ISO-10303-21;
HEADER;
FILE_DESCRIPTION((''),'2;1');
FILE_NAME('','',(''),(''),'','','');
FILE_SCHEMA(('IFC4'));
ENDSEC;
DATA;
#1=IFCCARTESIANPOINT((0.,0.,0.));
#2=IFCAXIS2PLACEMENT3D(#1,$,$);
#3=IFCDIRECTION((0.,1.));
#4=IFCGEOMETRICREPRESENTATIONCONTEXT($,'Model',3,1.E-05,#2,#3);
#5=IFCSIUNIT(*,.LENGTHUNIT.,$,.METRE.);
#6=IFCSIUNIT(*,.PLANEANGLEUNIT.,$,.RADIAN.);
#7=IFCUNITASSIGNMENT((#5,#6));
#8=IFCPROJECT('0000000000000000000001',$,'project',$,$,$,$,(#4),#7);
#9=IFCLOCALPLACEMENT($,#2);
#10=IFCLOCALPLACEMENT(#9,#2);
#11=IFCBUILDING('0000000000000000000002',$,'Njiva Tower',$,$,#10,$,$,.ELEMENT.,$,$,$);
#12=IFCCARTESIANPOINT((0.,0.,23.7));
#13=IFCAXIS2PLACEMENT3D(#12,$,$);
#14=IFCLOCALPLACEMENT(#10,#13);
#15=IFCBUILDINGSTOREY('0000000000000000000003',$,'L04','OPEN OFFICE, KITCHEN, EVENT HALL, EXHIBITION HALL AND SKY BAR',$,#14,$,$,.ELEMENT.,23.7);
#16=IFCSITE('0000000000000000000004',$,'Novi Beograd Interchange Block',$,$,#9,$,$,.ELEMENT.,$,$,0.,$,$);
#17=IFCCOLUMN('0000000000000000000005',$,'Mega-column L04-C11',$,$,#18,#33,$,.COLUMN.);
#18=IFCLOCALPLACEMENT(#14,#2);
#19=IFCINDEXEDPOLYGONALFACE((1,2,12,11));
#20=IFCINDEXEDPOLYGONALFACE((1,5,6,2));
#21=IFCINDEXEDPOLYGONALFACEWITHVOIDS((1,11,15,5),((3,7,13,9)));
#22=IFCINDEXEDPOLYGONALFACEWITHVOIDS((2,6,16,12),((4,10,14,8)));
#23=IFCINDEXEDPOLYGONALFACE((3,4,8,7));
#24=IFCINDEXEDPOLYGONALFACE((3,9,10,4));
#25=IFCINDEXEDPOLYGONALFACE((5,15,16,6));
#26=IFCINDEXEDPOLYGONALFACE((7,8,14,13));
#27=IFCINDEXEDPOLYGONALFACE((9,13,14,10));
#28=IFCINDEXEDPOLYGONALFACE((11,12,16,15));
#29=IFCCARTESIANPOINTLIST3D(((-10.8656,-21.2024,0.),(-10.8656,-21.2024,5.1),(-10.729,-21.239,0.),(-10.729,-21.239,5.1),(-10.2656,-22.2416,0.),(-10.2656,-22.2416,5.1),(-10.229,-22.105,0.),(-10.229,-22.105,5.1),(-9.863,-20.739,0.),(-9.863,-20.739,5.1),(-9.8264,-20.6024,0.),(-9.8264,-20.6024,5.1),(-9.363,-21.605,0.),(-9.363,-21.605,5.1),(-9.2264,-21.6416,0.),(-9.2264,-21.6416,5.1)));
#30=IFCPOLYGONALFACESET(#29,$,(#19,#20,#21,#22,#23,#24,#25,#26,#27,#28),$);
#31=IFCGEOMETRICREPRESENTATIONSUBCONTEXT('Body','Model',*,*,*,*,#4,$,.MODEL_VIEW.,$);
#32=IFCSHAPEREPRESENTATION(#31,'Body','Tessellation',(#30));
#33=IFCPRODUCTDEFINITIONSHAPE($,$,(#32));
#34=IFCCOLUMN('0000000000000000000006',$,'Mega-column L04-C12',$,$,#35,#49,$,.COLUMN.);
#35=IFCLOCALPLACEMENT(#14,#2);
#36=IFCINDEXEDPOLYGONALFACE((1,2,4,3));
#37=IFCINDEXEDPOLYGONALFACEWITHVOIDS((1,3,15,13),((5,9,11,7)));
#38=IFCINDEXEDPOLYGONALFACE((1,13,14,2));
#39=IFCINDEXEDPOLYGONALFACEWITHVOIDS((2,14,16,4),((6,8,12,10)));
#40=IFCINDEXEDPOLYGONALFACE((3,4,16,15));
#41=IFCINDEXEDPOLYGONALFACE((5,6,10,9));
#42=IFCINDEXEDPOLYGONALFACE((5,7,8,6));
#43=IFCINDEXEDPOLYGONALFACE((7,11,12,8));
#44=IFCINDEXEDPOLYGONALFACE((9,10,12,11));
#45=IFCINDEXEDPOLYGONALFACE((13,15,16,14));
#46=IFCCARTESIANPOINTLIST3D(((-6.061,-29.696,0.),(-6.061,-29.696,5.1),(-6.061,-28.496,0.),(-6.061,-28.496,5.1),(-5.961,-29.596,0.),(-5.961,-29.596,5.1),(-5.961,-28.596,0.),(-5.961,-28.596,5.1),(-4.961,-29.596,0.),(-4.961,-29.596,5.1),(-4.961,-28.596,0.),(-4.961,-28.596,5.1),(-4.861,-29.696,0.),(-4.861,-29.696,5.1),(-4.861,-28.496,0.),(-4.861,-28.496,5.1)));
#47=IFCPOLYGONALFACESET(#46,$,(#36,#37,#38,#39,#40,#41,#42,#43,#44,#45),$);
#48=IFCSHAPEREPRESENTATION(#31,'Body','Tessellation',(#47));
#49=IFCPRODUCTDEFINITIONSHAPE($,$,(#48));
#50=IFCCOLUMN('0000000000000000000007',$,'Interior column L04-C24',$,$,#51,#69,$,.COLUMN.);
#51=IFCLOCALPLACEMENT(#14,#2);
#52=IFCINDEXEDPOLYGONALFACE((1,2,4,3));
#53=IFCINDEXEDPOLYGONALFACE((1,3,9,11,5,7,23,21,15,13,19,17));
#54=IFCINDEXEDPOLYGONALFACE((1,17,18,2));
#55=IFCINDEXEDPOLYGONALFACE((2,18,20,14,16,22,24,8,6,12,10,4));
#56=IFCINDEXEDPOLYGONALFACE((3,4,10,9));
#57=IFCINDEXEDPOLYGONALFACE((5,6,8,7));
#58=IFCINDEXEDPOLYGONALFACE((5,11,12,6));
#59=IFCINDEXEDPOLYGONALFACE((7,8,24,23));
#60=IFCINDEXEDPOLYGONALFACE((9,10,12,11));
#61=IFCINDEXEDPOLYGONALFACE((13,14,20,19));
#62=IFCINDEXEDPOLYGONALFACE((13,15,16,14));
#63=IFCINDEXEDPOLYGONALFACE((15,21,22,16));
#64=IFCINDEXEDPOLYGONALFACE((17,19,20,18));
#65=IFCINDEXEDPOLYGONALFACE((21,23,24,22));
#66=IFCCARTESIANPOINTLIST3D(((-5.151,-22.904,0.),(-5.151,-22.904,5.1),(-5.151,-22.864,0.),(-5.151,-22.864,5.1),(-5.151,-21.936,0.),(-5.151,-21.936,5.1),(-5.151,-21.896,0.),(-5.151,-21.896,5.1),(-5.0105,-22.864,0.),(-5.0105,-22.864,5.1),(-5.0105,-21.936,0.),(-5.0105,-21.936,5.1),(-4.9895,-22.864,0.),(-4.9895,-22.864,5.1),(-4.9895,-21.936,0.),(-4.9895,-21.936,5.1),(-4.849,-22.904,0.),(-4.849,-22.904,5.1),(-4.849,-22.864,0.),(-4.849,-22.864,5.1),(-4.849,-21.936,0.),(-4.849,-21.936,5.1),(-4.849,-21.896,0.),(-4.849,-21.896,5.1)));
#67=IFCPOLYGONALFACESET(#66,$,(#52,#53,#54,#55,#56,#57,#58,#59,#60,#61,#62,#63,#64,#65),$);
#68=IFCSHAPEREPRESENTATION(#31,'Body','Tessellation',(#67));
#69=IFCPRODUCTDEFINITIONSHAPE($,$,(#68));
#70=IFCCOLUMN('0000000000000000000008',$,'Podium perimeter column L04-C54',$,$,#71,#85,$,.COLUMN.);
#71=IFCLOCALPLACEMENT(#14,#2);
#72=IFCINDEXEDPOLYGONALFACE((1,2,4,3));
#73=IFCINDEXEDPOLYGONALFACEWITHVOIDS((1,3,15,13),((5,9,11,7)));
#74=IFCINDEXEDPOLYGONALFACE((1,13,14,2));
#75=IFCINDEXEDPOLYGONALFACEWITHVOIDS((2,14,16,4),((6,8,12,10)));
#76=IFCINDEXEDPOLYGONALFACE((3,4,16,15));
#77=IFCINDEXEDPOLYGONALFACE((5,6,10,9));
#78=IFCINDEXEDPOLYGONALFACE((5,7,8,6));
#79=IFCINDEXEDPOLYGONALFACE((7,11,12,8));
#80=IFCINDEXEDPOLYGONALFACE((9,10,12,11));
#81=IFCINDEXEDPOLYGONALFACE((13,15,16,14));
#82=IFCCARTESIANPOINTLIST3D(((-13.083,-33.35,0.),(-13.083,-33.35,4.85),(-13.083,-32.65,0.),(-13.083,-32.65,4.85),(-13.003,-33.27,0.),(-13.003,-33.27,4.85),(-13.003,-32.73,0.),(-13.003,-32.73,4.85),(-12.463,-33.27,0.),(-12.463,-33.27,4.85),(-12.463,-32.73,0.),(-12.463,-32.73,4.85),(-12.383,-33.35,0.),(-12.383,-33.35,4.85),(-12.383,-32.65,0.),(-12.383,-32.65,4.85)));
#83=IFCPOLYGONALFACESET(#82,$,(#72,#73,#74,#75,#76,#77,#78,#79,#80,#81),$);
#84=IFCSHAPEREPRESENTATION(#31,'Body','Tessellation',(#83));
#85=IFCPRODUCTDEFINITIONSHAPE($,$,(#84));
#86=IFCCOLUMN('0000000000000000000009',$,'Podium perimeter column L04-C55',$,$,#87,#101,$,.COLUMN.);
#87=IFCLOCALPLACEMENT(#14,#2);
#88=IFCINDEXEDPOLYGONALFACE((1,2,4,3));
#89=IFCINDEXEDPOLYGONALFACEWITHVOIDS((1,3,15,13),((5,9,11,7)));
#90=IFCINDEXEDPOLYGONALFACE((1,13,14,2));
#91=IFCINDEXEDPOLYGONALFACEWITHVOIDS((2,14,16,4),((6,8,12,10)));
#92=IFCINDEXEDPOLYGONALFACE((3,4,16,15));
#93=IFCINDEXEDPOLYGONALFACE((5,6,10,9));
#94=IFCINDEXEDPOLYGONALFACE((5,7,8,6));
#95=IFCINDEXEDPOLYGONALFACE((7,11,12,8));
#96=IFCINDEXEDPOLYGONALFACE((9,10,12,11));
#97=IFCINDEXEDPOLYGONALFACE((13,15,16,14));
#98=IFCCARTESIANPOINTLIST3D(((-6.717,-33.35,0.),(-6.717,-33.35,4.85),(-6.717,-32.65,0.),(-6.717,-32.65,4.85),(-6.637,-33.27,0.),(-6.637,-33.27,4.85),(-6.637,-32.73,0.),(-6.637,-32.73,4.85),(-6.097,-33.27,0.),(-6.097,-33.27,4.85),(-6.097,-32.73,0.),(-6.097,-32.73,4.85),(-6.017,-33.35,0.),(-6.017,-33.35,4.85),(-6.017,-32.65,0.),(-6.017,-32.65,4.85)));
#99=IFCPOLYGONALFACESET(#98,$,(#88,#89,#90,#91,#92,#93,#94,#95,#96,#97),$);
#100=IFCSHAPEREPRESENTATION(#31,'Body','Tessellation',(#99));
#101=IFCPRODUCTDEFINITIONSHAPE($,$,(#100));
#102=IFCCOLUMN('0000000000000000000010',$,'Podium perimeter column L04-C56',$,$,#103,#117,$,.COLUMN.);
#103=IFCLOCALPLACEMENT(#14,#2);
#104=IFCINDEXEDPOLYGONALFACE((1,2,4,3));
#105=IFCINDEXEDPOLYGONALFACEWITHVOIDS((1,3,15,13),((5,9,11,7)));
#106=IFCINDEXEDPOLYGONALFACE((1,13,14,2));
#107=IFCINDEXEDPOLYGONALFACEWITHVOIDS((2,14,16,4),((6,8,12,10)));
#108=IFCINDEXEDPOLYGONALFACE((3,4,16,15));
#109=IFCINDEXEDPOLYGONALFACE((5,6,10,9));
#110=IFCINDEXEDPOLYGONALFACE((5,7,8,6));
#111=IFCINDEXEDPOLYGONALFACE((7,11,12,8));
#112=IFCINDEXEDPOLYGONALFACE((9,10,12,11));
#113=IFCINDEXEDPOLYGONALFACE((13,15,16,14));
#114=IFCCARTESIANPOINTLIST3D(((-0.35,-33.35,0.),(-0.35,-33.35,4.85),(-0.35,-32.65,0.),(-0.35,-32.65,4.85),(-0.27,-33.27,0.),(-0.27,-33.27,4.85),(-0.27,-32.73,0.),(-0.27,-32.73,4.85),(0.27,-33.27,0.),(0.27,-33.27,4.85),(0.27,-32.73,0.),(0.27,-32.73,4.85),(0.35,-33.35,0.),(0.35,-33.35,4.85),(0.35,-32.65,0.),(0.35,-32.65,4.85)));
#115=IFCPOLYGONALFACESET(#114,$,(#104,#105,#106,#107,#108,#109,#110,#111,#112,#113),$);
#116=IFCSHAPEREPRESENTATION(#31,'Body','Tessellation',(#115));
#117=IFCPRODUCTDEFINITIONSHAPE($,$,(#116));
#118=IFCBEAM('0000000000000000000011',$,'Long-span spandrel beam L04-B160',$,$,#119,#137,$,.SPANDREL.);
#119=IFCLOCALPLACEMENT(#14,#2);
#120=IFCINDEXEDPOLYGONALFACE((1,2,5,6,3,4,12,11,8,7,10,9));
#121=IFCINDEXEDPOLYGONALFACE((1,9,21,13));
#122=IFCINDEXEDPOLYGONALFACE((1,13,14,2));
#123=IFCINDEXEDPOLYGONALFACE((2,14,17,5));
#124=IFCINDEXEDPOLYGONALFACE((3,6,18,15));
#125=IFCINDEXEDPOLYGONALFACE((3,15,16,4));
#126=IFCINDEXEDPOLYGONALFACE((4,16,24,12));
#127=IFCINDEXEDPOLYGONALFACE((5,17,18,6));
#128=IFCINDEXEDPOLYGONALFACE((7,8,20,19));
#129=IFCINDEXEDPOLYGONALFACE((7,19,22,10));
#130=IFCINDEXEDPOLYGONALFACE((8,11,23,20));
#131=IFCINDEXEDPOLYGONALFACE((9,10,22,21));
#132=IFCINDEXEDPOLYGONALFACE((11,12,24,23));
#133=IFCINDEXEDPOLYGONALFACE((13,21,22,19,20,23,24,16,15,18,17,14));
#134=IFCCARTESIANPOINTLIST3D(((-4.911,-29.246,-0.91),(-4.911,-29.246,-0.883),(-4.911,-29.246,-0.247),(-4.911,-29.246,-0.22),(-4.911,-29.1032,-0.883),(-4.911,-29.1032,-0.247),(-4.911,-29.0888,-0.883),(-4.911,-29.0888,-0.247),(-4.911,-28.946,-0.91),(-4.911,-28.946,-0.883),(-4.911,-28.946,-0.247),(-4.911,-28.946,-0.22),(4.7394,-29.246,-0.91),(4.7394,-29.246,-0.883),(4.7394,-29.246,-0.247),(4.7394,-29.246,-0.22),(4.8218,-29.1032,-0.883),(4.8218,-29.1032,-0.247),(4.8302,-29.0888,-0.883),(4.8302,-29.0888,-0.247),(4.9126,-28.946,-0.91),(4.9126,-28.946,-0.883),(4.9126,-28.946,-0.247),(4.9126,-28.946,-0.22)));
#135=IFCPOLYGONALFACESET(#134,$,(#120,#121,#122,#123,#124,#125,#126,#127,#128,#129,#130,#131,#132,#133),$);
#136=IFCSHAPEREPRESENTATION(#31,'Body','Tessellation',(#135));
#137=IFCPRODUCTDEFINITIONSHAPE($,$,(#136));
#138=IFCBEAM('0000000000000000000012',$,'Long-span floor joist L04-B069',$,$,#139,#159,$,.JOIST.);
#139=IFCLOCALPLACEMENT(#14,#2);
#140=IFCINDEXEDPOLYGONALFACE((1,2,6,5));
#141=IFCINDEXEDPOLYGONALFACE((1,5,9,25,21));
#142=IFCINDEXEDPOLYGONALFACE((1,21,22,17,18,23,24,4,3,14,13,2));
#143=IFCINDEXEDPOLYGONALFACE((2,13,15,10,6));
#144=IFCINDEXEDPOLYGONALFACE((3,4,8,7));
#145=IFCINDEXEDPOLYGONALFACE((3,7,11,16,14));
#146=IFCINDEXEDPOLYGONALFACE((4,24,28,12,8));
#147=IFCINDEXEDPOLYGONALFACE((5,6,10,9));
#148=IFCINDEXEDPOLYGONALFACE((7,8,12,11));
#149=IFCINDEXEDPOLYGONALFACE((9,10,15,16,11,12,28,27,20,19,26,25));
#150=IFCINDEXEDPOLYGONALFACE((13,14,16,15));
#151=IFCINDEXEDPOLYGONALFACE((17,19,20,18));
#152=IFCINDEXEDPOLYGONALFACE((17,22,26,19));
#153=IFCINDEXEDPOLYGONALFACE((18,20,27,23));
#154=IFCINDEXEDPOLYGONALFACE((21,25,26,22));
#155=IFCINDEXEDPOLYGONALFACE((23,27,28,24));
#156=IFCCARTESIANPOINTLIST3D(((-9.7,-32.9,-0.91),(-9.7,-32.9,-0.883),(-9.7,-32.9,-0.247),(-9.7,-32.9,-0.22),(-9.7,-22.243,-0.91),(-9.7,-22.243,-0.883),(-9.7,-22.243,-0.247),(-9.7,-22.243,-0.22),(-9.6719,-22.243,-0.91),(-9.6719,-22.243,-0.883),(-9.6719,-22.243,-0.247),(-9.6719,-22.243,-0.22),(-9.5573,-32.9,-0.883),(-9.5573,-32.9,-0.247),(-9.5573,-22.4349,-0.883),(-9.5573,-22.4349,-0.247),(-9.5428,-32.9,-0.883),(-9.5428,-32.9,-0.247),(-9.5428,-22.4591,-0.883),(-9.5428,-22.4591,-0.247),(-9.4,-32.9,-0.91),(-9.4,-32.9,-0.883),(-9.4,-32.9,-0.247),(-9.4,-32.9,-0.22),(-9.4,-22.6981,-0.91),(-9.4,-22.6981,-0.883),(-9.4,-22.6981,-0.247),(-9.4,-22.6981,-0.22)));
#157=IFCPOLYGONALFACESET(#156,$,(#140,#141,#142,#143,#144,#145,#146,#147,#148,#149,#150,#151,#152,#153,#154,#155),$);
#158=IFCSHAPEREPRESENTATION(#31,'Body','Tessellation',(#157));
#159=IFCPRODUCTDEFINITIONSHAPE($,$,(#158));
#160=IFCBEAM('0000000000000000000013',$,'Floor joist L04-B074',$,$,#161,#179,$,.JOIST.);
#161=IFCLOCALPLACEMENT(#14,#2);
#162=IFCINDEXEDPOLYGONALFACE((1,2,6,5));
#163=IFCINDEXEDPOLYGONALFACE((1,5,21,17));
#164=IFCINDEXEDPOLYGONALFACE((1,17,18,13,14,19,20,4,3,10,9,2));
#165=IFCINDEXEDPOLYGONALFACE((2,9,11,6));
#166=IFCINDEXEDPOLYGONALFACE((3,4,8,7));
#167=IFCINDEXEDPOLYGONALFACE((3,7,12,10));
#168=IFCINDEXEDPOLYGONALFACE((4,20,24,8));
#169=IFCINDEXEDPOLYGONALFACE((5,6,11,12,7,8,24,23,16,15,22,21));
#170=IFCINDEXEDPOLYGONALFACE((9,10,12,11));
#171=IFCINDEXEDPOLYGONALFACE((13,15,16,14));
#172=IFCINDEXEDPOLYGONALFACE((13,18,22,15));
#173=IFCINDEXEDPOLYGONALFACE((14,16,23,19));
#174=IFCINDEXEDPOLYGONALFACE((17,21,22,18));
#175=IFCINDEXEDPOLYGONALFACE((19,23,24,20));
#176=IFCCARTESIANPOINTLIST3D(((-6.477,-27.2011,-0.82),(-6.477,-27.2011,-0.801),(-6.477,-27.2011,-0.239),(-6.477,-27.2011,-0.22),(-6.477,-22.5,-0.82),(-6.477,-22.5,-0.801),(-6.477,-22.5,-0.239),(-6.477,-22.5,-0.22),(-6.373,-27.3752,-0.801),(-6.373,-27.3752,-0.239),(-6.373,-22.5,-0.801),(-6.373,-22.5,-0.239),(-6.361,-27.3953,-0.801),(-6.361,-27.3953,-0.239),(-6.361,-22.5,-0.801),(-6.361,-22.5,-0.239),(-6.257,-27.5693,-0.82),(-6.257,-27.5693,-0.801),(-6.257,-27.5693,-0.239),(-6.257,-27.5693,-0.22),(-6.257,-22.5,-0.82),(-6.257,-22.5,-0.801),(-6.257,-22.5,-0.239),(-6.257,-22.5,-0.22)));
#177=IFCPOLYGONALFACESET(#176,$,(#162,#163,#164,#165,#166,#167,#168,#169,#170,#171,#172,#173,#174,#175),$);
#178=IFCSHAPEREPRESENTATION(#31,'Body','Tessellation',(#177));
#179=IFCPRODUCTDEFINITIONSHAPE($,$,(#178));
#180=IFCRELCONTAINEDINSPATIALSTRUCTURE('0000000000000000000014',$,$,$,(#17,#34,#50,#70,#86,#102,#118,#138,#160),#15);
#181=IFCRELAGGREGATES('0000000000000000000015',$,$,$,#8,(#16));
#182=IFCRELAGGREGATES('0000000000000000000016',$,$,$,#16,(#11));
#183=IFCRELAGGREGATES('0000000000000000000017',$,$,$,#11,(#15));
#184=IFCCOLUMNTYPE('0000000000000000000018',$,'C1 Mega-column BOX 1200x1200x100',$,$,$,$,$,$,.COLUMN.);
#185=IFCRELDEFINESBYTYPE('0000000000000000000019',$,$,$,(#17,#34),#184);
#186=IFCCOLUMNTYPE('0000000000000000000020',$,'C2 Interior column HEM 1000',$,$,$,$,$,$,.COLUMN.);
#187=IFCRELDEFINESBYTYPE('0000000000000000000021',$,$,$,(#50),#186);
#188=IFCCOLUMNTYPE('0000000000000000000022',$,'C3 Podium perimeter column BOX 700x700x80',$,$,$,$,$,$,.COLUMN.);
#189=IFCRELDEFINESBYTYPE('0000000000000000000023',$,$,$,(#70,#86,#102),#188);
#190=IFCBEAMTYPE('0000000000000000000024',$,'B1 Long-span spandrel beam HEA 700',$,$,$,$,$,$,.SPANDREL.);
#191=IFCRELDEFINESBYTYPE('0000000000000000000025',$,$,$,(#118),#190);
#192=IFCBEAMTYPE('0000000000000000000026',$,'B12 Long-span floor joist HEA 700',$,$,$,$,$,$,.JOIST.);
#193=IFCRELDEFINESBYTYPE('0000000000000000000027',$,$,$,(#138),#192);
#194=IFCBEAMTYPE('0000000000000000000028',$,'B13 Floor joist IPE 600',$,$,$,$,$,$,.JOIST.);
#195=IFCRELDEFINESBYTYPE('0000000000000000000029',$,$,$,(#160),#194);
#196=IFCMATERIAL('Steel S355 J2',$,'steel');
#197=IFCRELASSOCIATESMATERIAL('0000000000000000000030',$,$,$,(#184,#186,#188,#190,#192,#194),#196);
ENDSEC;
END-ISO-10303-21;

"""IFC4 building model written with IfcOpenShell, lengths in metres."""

from ifc_helpers import new_model, si_unit, direction, frame, origin, origin_2d, place, context, subcontext, project, spatial, hollow_rectangle, i_section, extrude, clip, halfspace, material, material_profile, profile_set, type_object, element, save


model = new_model("IFC4")

# Units and contexts
model_context = context("Model", 3, precision=1e-05, world=origin(), true_north=direction((0.0, 1.0)))
body_context = subcontext(model_context, "Body", "Model", "MODEL_VIEW")
ifc_project = project(units=[si_unit("LENGTHUNIT", "METRE"), si_unit("PLANEANGLEUNIT", "RADIAN")], contexts=[model_context])

# Site, building, storey
site_placement = place(None, origin())
site = spatial("IfcSite", under=ifc_project, at=site_placement, Name="Novi Beograd Interchange Block", CompositionType="ELEMENT", RefElevation=0.0)
building_placement = place(site_placement, origin())
building = spatial("IfcBuilding", under=site, at=building_placement, Name="Njiva Tower", CompositionType="ELEMENT")
storey_placement = place(building_placement, frame((0.0, 0.0, 23.7)))
storey = spatial("IfcBuildingStorey", under=building, at=storey_placement, Name="L04", Description="OPEN OFFICE, KITCHEN, EVENT HALL, EXHIBITION HALL AND SKY BAR", CompositionType="ELEMENT", Elevation=23.7)

# Columns
ifc_material_1 = material(Name="Steel S355 J2", Category="steel")
ifc_material_profile_1 = material_profile(ifc_material_1, hollow_rectangle(XDim=1.2, YDim=1.2, WallThickness=0.1, at=origin_2d()), Name="BOX 1200x1200x100")
ifc_profile_set_1 = profile_set([ifc_material_profile_1], Name="Steel S355 J2")
column_type_1 = type_object("IfcColumnType", Name="C1 Mega-column BOX 1200x1200x100", PredefinedType="COLUMN", material=ifc_profile_set_1)
for number, where, z_axis, x_axis, name in (
    (1, (-10.046, -21.422, 0.0), (0.0, 0.0, 1.0), (0.5, -0.866025, 0.0), "Mega-column L04-C11"),
    (2, (-5.461, -29.096, 0.0), (0.0, 0.0, 1.0), (1.0, 0.0, 0.0), "Mega-column L04-C12"),
):
    element("IfcColumn", number, at=place(storey_placement, frame(where, z_axis=z_axis, x_axis=x_axis)), inside=storey, type_object=column_type_1, Name=name, PredefinedType="COLUMN", context=body_context, shape_type="SweptSolid", body=[
        extrude(hollow_rectangle(XDim=1.2, YDim=1.2, WallThickness=0.1, at=origin_2d()), origin(), (0.0, 0.0, 1.0), 5.1),
    ])
ifc_material_profile_2 = material_profile(ifc_material_1, i_section(OverallWidth=0.302, OverallDepth=1.008, WebThickness=0.021, FlangeThickness=0.04, at=origin_2d()), Name="HEM 1000")
ifc_profile_set_2 = profile_set([ifc_material_profile_2], Name="Steel S355 J2")
column_type_2 = type_object("IfcColumnType", Name="C2 Interior column HEM 1000", PredefinedType="COLUMN", material=ifc_profile_set_2)
column_placement = place(storey_placement, frame((-5.0, -22.4, 0.0), z_axis=(0.0, 0.0, 1.0), x_axis=(1.0, 0.0, 0.0)))
element("IfcColumn", 3, at=column_placement, inside=storey, type_object=column_type_2, Name="Interior column L04-C24", PredefinedType="COLUMN", context=body_context, shape_type="SweptSolid", body=[
    extrude(i_section(OverallWidth=0.302, OverallDepth=1.008, WebThickness=0.021, FlangeThickness=0.04, at=origin_2d()), origin(), (0.0, 0.0, 1.0), 5.1),
])
ifc_material_profile_3 = material_profile(ifc_material_1, hollow_rectangle(XDim=0.7, YDim=0.7, WallThickness=0.08, at=origin_2d()), Name="BOX 700x700x80")
ifc_profile_set_3 = profile_set([ifc_material_profile_3], Name="Steel S355 J2")
column_type_3 = type_object("IfcColumnType", Name="C3 Podium perimeter column BOX 700x700x80", PredefinedType="COLUMN", material=ifc_profile_set_3)
for number, where, z_axis, x_axis, name in (
    (4, (-12.733, -33.0, 0.0), (0.0, 0.0, 1.0), (1.0, 0.0, 0.0), "Podium perimeter column L04-C54"),
    (5, (-6.367, -33.0, 0.0), (0.0, 0.0, 1.0), (1.0, 0.0, 0.0), "Podium perimeter column L04-C55"),
    (6, (0.0, -33.0, 0.0), (0.0, 0.0, 1.0), (1.0, 0.0, 0.0), "Podium perimeter column L04-C56"),
):
    element("IfcColumn", number, at=place(storey_placement, frame(where, z_axis=z_axis, x_axis=x_axis)), inside=storey, type_object=column_type_3, Name=name, PredefinedType="COLUMN", context=body_context, shape_type="SweptSolid", body=[
        extrude(hollow_rectangle(XDim=0.7, YDim=0.7, WallThickness=0.08, at=origin_2d()), origin(), (0.0, 0.0, 1.0), 4.85),
    ])

# Beams
ifc_material_profile_4 = material_profile(ifc_material_1, i_section(OverallWidth=0.3, OverallDepth=0.69, WebThickness=0.0145, FlangeThickness=0.027, at=origin_2d()), Name="HEA 700")
ifc_profile_set_4 = profile_set([ifc_material_profile_4], Name="Steel S355 J2")
beam_type_1 = type_object("IfcBeamType", Name="B1 Long-span spandrel beam HEA 700", PredefinedType="SPANDREL", material=ifc_profile_set_4)
beam_1_placement = place(storey_placement, frame((-4.911, -29.096, -0.565), z_axis=(1.0, 0.0, 0.0), x_axis=(0.0, 1.0, 0.0)))
element("IfcBeam", 7, at=beam_1_placement, inside=storey, type_object=beam_type_1, Name="Long-span spandrel beam L04-B160", PredefinedType="SPANDREL", context=body_context, shape_type="Clipping", body=[
    clip(extrude(i_section(OverallWidth=0.3, OverallDepth=0.69, WebThickness=0.0145, FlangeThickness=0.027, at=origin_2d()), origin(), (0.0, 0.0, 1.0), 9.844), halfspace(frame((-0.0254, 0.0, 9.7223), z_axis=(-0.499998, 0.0, 0.866027), x_axis=(0.0, 1.0, 0.0)), False)),
])
ifc_material_profile_5 = material_profile(ifc_material_1, i_section(OverallWidth=0.3, OverallDepth=0.69, WebThickness=0.0145, FlangeThickness=0.027, at=origin_2d()), Name="HEA 700")
ifc_profile_set_5 = profile_set([ifc_material_profile_5], Name="Steel S355 J2")
beam_type_2 = type_object("IfcBeamType", Name="B12 Long-span floor joist HEA 700", PredefinedType="JOIST", material=ifc_profile_set_5)
beam_2_placement = place(storey_placement, frame((-9.55, -22.243, -0.565), z_axis=(0.0, -1.0, 0.0), x_axis=(1.0, 0.0, 0.0)))
element("IfcBeam", 8, at=beam_2_placement, inside=storey, type_object=beam_type_2, Name="Long-span floor joist L04-B069", PredefinedType="JOIST", context=body_context, shape_type="Clipping", body=[
    clip(extrude(i_section(OverallWidth=0.3, OverallDepth=0.69, WebThickness=0.0145, FlangeThickness=0.027, at=origin_2d()), origin(), (0.0, 0.0, 1.0), 10.657), halfspace(frame((0.0429, 0.0, 0.2758), z_axis=(0.858483, 0.0, -0.512842), x_axis=(0.0, -1.0, 0.0)), False)),
])
ifc_material_profile_6 = material_profile(ifc_material_1, i_section(OverallWidth=0.22, OverallDepth=0.6, WebThickness=0.012, FlangeThickness=0.019, at=origin_2d()), Name="IPE 600")
ifc_profile_set_6 = profile_set([ifc_material_profile_6], Name="Steel S355 J2")
beam_type_3 = type_object("IfcBeamType", Name="B13 Floor joist IPE 600", PredefinedType="JOIST", material=ifc_profile_set_6)
beam_3_placement = place(storey_placement, frame((-6.367, -22.5, -0.52), z_axis=(0.0, -1.0, 0.0), x_axis=(1.0, 0.0, 0.0)))
element("IfcBeam", 9, at=beam_3_placement, inside=storey, type_object=beam_type_3, Name="Floor joist L04-B074", PredefinedType="JOIST", context=body_context, shape_type="Clipping", body=[
    clip(extrude(i_section(OverallWidth=0.22, OverallDepth=0.6, WebThickness=0.012, FlangeThickness=0.019, at=origin_2d()), origin(), (0.0, 0.0, 1.0), 5.09), halfspace(frame((-0.0426, 0.0, 4.8139), z_axis=(-0.858483, 0.0, 0.512842), x_axis=(0.0, 1.0, 0.0)), False)),
])

save(model, "model.ifc")
